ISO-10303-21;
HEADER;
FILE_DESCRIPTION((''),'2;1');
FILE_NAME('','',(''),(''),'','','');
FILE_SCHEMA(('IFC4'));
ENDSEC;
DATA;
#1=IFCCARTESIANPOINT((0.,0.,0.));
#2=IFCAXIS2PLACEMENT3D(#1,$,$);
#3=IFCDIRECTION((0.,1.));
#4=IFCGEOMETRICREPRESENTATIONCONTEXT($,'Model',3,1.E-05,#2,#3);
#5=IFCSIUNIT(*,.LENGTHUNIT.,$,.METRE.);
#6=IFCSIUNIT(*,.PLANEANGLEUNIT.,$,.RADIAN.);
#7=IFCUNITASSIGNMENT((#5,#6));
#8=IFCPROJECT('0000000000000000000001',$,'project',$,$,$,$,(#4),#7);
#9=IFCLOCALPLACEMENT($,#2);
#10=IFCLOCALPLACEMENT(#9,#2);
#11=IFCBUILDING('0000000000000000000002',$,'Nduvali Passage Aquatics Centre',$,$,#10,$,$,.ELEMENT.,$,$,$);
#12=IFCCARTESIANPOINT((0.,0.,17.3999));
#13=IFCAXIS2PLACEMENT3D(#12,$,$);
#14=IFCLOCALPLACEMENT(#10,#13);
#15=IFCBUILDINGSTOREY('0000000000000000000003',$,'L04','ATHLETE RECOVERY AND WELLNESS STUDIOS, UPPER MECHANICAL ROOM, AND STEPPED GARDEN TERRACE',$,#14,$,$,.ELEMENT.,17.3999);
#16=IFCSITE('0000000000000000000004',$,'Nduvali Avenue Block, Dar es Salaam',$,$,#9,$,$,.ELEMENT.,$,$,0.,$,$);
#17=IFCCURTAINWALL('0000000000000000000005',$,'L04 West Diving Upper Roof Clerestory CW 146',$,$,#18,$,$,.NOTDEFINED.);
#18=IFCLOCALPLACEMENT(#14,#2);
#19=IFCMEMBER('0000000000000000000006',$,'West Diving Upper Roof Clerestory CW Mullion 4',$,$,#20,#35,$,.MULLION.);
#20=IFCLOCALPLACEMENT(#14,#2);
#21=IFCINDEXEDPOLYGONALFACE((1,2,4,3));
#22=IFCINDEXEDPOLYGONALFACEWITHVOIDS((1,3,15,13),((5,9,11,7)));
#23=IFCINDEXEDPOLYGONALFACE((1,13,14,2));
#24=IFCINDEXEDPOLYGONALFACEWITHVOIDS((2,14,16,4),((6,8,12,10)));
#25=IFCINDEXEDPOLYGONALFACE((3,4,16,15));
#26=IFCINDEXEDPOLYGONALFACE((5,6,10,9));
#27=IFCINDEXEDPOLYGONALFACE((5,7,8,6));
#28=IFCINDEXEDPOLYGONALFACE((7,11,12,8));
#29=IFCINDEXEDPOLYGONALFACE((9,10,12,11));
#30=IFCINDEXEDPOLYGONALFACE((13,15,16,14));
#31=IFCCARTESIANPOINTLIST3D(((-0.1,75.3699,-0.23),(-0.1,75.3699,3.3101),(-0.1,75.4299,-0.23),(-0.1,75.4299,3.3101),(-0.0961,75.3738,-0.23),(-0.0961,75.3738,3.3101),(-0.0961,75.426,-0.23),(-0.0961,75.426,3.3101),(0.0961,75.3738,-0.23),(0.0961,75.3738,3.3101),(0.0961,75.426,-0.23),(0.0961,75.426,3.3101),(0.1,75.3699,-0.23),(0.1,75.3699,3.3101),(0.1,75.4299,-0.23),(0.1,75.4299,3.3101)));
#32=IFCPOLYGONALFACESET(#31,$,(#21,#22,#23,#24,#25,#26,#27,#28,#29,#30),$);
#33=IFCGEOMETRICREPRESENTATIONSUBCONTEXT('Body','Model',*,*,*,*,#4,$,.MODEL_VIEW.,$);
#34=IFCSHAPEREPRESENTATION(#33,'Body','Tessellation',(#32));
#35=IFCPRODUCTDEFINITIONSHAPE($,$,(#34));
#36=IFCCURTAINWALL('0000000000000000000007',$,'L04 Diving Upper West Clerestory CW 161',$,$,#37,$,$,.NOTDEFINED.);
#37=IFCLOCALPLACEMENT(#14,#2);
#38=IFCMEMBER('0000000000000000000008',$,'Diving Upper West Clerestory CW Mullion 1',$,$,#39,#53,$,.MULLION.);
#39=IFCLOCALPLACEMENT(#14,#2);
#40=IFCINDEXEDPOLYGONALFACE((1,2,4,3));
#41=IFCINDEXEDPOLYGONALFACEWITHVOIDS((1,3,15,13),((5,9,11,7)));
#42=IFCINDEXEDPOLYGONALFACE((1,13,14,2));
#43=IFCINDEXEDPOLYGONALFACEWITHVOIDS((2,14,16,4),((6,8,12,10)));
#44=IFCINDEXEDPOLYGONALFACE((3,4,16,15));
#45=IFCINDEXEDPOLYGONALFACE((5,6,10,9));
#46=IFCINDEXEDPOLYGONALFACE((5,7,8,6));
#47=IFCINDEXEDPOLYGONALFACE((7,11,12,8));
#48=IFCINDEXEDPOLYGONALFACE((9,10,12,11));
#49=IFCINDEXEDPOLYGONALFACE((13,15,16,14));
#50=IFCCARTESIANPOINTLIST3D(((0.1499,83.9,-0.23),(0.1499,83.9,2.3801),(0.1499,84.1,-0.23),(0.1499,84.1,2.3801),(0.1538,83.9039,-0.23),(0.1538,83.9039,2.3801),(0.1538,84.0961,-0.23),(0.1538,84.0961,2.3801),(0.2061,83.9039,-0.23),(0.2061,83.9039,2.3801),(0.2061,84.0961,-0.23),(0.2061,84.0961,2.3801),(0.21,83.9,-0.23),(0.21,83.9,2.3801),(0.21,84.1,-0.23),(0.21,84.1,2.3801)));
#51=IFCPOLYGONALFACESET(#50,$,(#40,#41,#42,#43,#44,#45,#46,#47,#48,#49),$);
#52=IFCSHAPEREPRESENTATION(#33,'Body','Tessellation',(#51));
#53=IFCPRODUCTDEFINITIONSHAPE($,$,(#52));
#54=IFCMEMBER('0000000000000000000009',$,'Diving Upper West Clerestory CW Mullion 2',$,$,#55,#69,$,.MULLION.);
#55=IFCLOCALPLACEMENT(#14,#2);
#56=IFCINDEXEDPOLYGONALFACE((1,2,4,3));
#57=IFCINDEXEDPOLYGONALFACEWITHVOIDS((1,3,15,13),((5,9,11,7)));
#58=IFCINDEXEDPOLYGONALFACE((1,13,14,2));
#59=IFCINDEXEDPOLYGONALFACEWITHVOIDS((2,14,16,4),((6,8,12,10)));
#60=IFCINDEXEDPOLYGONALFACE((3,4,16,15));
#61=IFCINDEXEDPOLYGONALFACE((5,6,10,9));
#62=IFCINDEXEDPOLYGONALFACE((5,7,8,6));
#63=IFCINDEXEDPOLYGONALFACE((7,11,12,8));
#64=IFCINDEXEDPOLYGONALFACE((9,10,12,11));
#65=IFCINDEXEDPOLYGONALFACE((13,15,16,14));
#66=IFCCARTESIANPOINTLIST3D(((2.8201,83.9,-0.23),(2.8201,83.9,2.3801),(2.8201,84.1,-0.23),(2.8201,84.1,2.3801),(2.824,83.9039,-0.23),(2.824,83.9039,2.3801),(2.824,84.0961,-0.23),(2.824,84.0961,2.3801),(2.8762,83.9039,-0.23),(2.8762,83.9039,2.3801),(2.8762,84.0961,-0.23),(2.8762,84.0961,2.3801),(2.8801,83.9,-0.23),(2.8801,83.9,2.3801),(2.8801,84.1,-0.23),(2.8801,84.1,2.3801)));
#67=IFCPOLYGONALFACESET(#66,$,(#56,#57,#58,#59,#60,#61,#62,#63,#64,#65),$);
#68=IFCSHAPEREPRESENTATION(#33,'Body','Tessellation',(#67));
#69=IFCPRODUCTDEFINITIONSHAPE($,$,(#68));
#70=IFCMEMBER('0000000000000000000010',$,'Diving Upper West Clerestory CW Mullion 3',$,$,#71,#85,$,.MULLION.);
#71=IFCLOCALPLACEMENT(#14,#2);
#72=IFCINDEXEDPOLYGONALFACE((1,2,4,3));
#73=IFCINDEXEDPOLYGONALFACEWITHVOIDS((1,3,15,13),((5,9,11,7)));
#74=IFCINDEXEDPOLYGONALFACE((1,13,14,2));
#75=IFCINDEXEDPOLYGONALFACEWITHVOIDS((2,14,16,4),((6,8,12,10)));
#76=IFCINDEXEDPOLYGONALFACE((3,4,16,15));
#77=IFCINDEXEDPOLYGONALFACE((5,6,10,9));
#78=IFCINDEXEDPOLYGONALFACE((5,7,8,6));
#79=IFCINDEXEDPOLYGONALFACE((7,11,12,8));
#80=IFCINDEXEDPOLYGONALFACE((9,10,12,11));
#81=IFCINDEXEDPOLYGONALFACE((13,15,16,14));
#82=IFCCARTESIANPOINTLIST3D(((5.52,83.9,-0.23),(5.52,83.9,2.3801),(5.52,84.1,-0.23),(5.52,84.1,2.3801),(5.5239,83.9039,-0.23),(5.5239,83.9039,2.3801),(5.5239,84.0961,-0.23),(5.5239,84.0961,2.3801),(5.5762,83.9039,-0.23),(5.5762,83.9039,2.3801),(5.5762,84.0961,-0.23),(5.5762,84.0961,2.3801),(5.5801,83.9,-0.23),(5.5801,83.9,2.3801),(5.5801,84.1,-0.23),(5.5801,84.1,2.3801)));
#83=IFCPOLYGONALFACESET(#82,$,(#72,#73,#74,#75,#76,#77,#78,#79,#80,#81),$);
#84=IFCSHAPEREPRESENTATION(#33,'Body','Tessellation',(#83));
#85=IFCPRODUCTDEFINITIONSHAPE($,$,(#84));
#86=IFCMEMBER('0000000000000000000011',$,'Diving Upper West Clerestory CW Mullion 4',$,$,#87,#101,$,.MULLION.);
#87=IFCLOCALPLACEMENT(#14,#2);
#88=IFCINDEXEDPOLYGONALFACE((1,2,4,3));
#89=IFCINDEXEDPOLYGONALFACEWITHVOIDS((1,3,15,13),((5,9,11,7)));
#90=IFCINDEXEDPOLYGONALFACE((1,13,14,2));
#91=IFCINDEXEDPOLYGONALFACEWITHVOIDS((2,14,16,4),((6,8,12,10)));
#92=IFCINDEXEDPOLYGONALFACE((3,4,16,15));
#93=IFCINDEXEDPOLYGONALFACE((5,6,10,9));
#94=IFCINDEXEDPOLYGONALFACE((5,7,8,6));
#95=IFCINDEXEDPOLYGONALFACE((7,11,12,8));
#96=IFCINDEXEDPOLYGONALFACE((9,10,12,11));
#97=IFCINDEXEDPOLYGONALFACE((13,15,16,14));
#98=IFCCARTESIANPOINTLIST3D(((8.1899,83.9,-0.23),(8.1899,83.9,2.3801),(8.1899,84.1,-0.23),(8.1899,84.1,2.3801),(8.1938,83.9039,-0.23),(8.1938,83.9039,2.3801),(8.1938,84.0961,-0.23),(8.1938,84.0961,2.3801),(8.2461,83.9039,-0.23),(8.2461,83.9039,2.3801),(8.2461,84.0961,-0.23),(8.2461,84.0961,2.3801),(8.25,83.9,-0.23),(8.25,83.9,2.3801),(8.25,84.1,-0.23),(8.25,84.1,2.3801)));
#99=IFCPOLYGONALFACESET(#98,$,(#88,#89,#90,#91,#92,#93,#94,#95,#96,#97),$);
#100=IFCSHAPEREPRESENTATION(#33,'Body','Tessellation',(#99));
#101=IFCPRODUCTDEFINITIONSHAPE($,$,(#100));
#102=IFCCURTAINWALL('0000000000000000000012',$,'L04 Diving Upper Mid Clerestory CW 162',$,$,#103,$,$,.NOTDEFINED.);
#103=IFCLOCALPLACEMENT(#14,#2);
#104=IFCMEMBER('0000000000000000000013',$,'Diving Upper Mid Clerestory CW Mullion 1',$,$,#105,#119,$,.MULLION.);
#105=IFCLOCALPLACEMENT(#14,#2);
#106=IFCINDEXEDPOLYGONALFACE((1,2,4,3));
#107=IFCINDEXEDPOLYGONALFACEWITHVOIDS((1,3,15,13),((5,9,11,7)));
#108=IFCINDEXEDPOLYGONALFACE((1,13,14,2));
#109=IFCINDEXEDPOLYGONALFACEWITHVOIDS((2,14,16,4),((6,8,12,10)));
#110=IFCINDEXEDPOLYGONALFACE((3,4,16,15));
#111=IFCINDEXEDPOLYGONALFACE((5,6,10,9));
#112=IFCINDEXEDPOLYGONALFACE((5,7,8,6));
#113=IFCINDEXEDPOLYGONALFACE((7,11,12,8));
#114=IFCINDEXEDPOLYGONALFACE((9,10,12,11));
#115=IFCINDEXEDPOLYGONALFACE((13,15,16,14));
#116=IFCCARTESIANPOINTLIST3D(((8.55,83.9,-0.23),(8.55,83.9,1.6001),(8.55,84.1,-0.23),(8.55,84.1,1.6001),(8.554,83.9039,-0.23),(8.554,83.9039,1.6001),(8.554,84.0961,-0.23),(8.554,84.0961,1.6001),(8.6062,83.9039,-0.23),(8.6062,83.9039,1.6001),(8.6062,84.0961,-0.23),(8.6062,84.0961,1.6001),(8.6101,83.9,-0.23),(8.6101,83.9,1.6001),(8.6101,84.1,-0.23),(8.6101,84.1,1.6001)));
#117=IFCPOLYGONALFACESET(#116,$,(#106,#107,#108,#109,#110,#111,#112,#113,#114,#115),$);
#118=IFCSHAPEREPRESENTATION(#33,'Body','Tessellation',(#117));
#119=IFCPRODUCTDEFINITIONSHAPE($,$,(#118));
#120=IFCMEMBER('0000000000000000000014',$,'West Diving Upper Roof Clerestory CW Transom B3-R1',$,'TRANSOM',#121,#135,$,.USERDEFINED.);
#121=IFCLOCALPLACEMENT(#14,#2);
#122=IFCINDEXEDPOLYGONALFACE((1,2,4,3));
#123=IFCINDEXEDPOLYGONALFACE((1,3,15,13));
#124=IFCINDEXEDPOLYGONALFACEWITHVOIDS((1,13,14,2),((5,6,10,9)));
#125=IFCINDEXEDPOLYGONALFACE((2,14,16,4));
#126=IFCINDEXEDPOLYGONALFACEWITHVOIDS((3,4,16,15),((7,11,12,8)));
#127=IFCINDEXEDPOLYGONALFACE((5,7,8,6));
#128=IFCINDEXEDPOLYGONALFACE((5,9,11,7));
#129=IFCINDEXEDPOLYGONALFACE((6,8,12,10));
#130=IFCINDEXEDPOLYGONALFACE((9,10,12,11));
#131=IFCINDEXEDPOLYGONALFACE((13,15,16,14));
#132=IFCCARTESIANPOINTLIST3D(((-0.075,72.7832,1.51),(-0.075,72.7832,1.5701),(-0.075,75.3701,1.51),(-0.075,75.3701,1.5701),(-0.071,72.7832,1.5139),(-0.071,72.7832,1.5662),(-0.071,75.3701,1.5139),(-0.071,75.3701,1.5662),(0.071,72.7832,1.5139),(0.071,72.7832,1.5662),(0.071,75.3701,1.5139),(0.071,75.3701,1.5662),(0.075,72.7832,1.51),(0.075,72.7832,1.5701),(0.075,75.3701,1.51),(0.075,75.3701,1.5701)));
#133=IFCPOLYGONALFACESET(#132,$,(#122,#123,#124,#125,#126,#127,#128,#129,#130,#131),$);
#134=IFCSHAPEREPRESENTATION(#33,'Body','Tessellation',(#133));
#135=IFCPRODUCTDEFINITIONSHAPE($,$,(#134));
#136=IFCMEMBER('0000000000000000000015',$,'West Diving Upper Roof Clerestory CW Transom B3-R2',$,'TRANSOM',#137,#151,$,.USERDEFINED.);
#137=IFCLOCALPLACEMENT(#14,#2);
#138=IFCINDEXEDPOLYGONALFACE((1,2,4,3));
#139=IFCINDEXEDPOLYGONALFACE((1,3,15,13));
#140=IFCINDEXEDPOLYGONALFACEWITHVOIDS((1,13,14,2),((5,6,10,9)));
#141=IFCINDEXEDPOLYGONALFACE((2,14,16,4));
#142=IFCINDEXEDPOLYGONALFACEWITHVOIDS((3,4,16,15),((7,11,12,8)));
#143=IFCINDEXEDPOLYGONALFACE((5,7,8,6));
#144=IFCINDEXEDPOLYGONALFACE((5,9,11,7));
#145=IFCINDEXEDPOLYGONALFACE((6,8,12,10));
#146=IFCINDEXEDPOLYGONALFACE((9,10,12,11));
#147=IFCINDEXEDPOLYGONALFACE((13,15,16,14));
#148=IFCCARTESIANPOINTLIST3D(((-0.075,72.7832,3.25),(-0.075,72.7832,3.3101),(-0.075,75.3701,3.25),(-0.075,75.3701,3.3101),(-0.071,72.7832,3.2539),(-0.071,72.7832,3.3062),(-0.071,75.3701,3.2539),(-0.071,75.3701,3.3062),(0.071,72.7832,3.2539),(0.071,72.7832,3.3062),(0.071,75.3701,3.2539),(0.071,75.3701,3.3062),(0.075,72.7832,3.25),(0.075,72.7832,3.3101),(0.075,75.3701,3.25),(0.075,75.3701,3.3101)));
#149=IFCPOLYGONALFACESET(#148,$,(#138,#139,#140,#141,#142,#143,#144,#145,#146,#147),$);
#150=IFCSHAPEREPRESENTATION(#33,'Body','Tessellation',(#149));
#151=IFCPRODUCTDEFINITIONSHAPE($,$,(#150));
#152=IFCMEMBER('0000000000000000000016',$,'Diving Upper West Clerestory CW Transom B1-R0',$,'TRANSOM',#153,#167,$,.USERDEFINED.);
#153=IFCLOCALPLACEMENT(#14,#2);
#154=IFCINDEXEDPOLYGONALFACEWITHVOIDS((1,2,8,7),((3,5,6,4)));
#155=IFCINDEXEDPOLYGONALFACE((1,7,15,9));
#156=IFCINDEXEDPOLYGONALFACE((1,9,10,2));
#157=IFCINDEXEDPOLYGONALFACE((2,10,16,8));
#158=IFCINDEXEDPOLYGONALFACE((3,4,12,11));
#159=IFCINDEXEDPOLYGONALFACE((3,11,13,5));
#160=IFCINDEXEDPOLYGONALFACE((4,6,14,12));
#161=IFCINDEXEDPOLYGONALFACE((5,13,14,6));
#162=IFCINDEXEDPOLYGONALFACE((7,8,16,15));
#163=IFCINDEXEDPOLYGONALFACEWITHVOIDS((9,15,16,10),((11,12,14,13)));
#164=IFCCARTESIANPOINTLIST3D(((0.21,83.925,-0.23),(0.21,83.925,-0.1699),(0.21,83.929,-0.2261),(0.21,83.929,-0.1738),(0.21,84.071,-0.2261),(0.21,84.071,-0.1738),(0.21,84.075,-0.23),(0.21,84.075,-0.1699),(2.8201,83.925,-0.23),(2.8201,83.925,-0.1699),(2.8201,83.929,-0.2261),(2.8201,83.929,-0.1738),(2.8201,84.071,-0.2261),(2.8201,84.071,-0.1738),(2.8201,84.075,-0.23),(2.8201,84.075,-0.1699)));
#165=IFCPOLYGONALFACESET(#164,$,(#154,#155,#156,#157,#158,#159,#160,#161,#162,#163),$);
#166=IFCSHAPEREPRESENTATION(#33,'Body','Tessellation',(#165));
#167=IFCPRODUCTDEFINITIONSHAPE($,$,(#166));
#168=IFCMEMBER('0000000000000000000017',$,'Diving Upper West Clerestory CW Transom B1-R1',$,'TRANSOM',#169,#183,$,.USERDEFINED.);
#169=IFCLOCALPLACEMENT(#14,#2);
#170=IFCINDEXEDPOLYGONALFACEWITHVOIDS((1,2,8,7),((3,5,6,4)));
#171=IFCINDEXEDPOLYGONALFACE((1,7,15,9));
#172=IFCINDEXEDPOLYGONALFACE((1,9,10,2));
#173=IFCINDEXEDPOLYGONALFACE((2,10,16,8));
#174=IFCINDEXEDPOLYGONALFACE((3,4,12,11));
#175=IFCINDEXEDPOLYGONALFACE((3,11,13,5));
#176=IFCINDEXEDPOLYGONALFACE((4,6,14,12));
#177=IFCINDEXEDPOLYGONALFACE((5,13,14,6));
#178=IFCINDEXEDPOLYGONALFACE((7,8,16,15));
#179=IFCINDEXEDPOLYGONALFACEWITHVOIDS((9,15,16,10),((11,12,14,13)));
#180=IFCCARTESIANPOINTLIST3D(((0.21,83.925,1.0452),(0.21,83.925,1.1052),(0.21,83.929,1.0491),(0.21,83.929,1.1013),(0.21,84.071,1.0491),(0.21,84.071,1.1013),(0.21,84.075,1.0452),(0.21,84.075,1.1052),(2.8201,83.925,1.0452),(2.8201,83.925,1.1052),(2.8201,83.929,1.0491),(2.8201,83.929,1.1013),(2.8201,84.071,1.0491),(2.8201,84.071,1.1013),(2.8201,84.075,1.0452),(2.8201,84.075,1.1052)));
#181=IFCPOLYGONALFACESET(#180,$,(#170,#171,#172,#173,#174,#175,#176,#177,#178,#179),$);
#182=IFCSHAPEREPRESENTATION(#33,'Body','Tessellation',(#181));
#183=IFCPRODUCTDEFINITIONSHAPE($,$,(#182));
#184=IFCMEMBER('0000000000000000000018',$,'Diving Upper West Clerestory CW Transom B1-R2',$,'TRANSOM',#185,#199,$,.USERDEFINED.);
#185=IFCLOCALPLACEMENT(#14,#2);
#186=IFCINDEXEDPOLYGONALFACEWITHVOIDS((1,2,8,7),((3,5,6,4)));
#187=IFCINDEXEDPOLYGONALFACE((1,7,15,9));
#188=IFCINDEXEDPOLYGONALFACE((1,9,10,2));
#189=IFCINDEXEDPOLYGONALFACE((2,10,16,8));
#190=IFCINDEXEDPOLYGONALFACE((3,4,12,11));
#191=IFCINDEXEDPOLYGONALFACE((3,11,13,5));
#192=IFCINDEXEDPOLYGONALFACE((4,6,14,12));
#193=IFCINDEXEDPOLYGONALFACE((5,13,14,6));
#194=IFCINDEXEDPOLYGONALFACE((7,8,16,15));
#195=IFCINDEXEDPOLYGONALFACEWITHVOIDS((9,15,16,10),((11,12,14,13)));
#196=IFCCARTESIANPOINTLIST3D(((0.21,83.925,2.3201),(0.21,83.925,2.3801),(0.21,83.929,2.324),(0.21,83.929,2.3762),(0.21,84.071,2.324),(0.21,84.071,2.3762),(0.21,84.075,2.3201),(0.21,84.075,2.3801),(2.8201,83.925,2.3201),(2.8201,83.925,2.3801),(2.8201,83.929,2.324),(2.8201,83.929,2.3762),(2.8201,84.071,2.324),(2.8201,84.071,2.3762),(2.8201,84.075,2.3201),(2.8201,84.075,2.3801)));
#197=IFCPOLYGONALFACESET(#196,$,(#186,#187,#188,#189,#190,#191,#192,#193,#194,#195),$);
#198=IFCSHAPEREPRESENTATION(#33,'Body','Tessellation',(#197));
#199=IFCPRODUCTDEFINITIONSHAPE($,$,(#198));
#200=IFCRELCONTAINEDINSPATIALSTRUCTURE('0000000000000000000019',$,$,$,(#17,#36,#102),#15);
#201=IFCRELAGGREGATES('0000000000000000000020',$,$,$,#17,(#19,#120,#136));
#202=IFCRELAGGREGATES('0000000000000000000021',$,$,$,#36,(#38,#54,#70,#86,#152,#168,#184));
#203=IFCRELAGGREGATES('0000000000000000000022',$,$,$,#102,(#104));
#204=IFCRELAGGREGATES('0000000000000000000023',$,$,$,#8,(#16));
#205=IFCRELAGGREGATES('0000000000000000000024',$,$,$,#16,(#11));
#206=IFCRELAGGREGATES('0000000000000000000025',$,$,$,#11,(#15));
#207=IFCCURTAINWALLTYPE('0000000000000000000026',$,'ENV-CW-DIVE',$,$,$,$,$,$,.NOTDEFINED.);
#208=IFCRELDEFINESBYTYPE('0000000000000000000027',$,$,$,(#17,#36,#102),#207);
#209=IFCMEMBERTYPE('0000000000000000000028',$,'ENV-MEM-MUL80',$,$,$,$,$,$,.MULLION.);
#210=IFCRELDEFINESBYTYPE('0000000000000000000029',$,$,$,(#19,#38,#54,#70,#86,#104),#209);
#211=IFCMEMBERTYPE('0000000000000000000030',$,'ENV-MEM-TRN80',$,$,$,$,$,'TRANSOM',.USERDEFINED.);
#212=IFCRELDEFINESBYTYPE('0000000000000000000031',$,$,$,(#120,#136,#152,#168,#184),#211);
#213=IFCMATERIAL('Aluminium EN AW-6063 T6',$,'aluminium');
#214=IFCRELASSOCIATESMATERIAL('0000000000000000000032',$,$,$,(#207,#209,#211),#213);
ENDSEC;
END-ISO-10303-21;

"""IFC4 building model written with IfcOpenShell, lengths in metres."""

from ifc_helpers import new_model, si_unit, direction, frame, origin, origin_2d, place, context, subcontext, project, spatial, hollow_rectangle, extrude, material, material_profile, profile_set, type_object, element, aggregate, save


model = new_model("IFC4")

# Units and contexts
model_context = context("Model", 3, precision=1e-05, world=origin(), true_north=direction((0.0, 1.0)))
body_context = subcontext(model_context, "Body", "Model", "MODEL_VIEW")
ifc_project = project(units=[si_unit("LENGTHUNIT", "METRE"), si_unit("PLANEANGLEUNIT", "RADIAN")], contexts=[model_context])

# Site, building, storey
site_placement = place(None, origin())
site = spatial("IfcSite", under=ifc_project, at=site_placement, Name="Nduvali Avenue Block, Dar es Salaam", CompositionType="ELEMENT", RefElevation=0.0)
building_placement = place(site_placement, origin())
building = spatial("IfcBuilding", under=site, at=building_placement, Name="Nduvali Passage Aquatics Centre", CompositionType="ELEMENT")
storey_placement = place(building_placement, frame((0.0, 0.0, 17.3999)))
storey = spatial("IfcBuildingStorey", under=building, at=storey_placement, Name="L04", Description="ATHLETE RECOVERY AND WELLNESS STUDIOS, UPPER MECHANICAL ROOM, AND STEPPED GARDEN TERRACE", CompositionType="ELEMENT", Elevation=17.3999)

# Curtain wall, member
ifc_material_1 = material(Name="Aluminium EN AW-6063 T6", Category="aluminium")
curtain_wall_type = type_object("IfcCurtainWallType", Name="ENV-CW-DIVE", PredefinedType="NOTDEFINED", material=ifc_material_1)
curtain_wall_1_placement = place(storey_placement, origin())
curtain_wall_1 = element("IfcCurtainWall", 1, at=curtain_wall_1_placement, inside=storey, type_object=curtain_wall_type, Name="L04 West Diving Upper Roof Clerestory CW 146", PredefinedType="NOTDEFINED")
ifc_material_profile_1 = material_profile(ifc_material_1, hollow_rectangle(XDim=0.0601, YDim=0.2, WallThickness=0.0039, at=origin_2d()), Name="ALU MULLION 60x200x4")
ifc_profile_set_1 = profile_set([ifc_material_profile_1], Name="Aluminium EN AW-6063 T6")
member_type_1 = type_object("IfcMemberType", Name="ENV-MEM-MUL80", PredefinedType="MULLION", material=ifc_profile_set_1)
member_1_placement = place(storey_placement, frame((0.0, 75.3999, -0.23), z_axis=(0.0, 0.0, 1.0), x_axis=(0.0, 1.0, 0.0)))
member_1 = element("IfcMember", 2, at=member_1_placement, type_object=member_type_1, Name="West Diving Upper Roof Clerestory CW Mullion 4", PredefinedType="MULLION", context=body_context, shape_type="SweptSolid", body=[
    extrude(hollow_rectangle(XDim=0.0601, YDim=0.2, WallThickness=0.0039, at=origin_2d()), origin(), (0.0, 0.0, 1.0), 3.54),
])

# Curtain wall, members
curtain_wall_2_placement = place(storey_placement, origin())
curtain_wall_2 = element("IfcCurtainWall", 3, at=curtain_wall_2_placement, inside=storey, type_object=curtain_wall_type, Name="L04 Diving Upper West Clerestory CW 161", PredefinedType="NOTDEFINED")
member_2_placement = place(storey_placement, frame((0.1799, 84.0, -0.23), z_axis=(0.0, 0.0, 1.0), x_axis=(1.0, 0.0, 0.0)))
member_2 = element("IfcMember", 4, at=member_2_placement, type_object=member_type_1, Name="Diving Upper West Clerestory CW Mullion 1", PredefinedType="MULLION", context=body_context, shape_type="SweptSolid", body=[
    extrude(hollow_rectangle(XDim=0.0601, YDim=0.2, WallThickness=0.0039, at=origin_2d()), origin(), (0.0, 0.0, 1.0), 2.6101),
])
member_3_placement = place(storey_placement, frame((2.8501, 84.0, -0.23), z_axis=(0.0, 0.0, 1.0), x_axis=(1.0, 0.0, 0.0)))
member_3 = element("IfcMember", 5, at=member_3_placement, type_object=member_type_1, Name="Diving Upper West Clerestory CW Mullion 2", PredefinedType="MULLION", context=body_context, shape_type="SweptSolid", body=[
    extrude(hollow_rectangle(XDim=0.0601, YDim=0.2, WallThickness=0.0039, at=origin_2d()), origin(), (0.0, 0.0, 1.0), 2.6101),
])
member_4_placement = place(storey_placement, frame((5.55, 84.0, -0.23), z_axis=(0.0, 0.0, 1.0), x_axis=(1.0, 0.0, 0.0)))
member_4 = element("IfcMember", 6, at=member_4_placement, type_object=member_type_1, Name="Diving Upper West Clerestory CW Mullion 3", PredefinedType="MULLION", context=body_context, shape_type="SweptSolid", body=[
    extrude(hollow_rectangle(XDim=0.0601, YDim=0.2, WallThickness=0.0039, at=origin_2d()), origin(), (0.0, 0.0, 1.0), 2.6101),
])
member_5_placement = place(storey_placement, frame((8.22, 84.0, -0.23), z_axis=(0.0, 0.0, 1.0), x_axis=(1.0, 0.0, 0.0)))
member_5 = element("IfcMember", 7, at=member_5_placement, type_object=member_type_1, Name="Diving Upper West Clerestory CW Mullion 4", PredefinedType="MULLION", context=body_context, shape_type="SweptSolid", body=[
    extrude(hollow_rectangle(XDim=0.0601, YDim=0.2, WallThickness=0.0039, at=origin_2d()), origin(), (0.0, 0.0, 1.0), 2.6101),
])

# Curtain wall, member
curtain_wall_3_placement = place(storey_placement, origin())
curtain_wall_3 = element("IfcCurtainWall", 8, at=curtain_wall_3_placement, inside=storey, type_object=curtain_wall_type, Name="L04 Diving Upper Mid Clerestory CW 162", PredefinedType="NOTDEFINED")
member_6_placement = place(storey_placement, frame((8.5801, 84.0, -0.23), z_axis=(0.0, 0.0, 1.0), x_axis=(1.0, 0.0, 0.0)))
member_6 = element("IfcMember", 9, at=member_6_placement, type_object=member_type_1, Name="Diving Upper Mid Clerestory CW Mullion 1", PredefinedType="MULLION", context=body_context, shape_type="SweptSolid", body=[
    extrude(hollow_rectangle(XDim=0.0601, YDim=0.2, WallThickness=0.0039, at=origin_2d()), origin(), (0.0, 0.0, 1.0), 1.8301),
])

# Members
ifc_material_profile_2 = material_profile(ifc_material_1, hollow_rectangle(XDim=0.1499, YDim=0.0601, WallThickness=0.0039, at=origin_2d()), Name="ALU TRANSOM 150x60x4")
ifc_profile_set_2 = profile_set([ifc_material_profile_2], Name="Aluminium EN AW-6063 T6")
member_type_2 = type_object("IfcMemberType", Name="ENV-MEM-TRN80", ElementType="TRANSOM", PredefinedType="USERDEFINED", material=ifc_profile_set_2)
member_7_placement = place(storey_placement, frame((0.0, 72.7832, 1.54), z_axis=(0.0, 1.0, 0.0), x_axis=(-1.0, 0.0, 0.0)))
member_7 = element("IfcMember", 10, at=member_7_placement, type_object=member_type_2, Name="West Diving Upper Roof Clerestory CW Transom B3-R1", ObjectType="TRANSOM", PredefinedType="USERDEFINED", context=body_context, shape_type="SweptSolid", body=[
    extrude(hollow_rectangle(XDim=0.1499, YDim=0.0601, WallThickness=0.0039, at=origin_2d()), origin(), (0.0, 0.0, 1.0), 2.5869),
])
member_8_placement = place(storey_placement, frame((0.0, 72.7832, 3.28), z_axis=(0.0, 1.0, 0.0), x_axis=(-1.0, 0.0, 0.0)))
member_8 = element("IfcMember", 11, at=member_8_placement, type_object=member_type_2, Name="West Diving Upper Roof Clerestory CW Transom B3-R2", ObjectType="TRANSOM", PredefinedType="USERDEFINED", context=body_context, shape_type="SweptSolid", body=[
    extrude(hollow_rectangle(XDim=0.1499, YDim=0.0601, WallThickness=0.0039, at=origin_2d()), origin(), (0.0, 0.0, 1.0), 2.5869),
])
member_9_placement = place(storey_placement, frame((0.21, 84.0, -0.2), z_axis=(1.0, 0.0, 0.0), x_axis=(0.0, 1.0, 0.0)))
member_9 = element("IfcMember", 12, at=member_9_placement, type_object=member_type_2, Name="Diving Upper West Clerestory CW Transom B1-R0", ObjectType="TRANSOM", PredefinedType="USERDEFINED", context=body_context, shape_type="SweptSolid", body=[
    extrude(hollow_rectangle(XDim=0.1499, YDim=0.0601, WallThickness=0.0039, at=origin_2d()), origin(), (0.0, 0.0, 1.0), 2.6101),
])
member_10_placement = place(storey_placement, frame((0.21, 84.0, 1.0752), z_axis=(1.0, 0.0, 0.0), x_axis=(0.0, 1.0, 0.0)))
member_10 = element("IfcMember", 13, at=member_10_placement, type_object=member_type_2, Name="Diving Upper West Clerestory CW Transom B1-R1", ObjectType="TRANSOM", PredefinedType="USERDEFINED", context=body_context, shape_type="SweptSolid", body=[
    extrude(hollow_rectangle(XDim=0.1499, YDim=0.0601, WallThickness=0.0039, at=origin_2d()), origin(), (0.0, 0.0, 1.0), 2.6101),
])
member_11_placement = place(storey_placement, frame((0.21, 84.0, 2.3501), z_axis=(1.0, 0.0, 0.0), x_axis=(0.0, 1.0, 0.0)))
member_11 = element("IfcMember", 14, at=member_11_placement, type_object=member_type_2, Name="Diving Upper West Clerestory CW Transom B1-R2", ObjectType="TRANSOM", PredefinedType="USERDEFINED", context=body_context, shape_type="SweptSolid", body=[
    extrude(hollow_rectangle(XDim=0.1499, YDim=0.0601, WallThickness=0.0039, at=origin_2d()), origin(), (0.0, 0.0, 1.0), 2.6101),
])

aggregate(curtain_wall_1, [member_1, member_7, member_8])
aggregate(curtain_wall_2, [member_2, member_3, member_4, member_5, member_9, member_10, member_11])
aggregate(curtain_wall_3, [member_6])

save(model, "model.ifc")
